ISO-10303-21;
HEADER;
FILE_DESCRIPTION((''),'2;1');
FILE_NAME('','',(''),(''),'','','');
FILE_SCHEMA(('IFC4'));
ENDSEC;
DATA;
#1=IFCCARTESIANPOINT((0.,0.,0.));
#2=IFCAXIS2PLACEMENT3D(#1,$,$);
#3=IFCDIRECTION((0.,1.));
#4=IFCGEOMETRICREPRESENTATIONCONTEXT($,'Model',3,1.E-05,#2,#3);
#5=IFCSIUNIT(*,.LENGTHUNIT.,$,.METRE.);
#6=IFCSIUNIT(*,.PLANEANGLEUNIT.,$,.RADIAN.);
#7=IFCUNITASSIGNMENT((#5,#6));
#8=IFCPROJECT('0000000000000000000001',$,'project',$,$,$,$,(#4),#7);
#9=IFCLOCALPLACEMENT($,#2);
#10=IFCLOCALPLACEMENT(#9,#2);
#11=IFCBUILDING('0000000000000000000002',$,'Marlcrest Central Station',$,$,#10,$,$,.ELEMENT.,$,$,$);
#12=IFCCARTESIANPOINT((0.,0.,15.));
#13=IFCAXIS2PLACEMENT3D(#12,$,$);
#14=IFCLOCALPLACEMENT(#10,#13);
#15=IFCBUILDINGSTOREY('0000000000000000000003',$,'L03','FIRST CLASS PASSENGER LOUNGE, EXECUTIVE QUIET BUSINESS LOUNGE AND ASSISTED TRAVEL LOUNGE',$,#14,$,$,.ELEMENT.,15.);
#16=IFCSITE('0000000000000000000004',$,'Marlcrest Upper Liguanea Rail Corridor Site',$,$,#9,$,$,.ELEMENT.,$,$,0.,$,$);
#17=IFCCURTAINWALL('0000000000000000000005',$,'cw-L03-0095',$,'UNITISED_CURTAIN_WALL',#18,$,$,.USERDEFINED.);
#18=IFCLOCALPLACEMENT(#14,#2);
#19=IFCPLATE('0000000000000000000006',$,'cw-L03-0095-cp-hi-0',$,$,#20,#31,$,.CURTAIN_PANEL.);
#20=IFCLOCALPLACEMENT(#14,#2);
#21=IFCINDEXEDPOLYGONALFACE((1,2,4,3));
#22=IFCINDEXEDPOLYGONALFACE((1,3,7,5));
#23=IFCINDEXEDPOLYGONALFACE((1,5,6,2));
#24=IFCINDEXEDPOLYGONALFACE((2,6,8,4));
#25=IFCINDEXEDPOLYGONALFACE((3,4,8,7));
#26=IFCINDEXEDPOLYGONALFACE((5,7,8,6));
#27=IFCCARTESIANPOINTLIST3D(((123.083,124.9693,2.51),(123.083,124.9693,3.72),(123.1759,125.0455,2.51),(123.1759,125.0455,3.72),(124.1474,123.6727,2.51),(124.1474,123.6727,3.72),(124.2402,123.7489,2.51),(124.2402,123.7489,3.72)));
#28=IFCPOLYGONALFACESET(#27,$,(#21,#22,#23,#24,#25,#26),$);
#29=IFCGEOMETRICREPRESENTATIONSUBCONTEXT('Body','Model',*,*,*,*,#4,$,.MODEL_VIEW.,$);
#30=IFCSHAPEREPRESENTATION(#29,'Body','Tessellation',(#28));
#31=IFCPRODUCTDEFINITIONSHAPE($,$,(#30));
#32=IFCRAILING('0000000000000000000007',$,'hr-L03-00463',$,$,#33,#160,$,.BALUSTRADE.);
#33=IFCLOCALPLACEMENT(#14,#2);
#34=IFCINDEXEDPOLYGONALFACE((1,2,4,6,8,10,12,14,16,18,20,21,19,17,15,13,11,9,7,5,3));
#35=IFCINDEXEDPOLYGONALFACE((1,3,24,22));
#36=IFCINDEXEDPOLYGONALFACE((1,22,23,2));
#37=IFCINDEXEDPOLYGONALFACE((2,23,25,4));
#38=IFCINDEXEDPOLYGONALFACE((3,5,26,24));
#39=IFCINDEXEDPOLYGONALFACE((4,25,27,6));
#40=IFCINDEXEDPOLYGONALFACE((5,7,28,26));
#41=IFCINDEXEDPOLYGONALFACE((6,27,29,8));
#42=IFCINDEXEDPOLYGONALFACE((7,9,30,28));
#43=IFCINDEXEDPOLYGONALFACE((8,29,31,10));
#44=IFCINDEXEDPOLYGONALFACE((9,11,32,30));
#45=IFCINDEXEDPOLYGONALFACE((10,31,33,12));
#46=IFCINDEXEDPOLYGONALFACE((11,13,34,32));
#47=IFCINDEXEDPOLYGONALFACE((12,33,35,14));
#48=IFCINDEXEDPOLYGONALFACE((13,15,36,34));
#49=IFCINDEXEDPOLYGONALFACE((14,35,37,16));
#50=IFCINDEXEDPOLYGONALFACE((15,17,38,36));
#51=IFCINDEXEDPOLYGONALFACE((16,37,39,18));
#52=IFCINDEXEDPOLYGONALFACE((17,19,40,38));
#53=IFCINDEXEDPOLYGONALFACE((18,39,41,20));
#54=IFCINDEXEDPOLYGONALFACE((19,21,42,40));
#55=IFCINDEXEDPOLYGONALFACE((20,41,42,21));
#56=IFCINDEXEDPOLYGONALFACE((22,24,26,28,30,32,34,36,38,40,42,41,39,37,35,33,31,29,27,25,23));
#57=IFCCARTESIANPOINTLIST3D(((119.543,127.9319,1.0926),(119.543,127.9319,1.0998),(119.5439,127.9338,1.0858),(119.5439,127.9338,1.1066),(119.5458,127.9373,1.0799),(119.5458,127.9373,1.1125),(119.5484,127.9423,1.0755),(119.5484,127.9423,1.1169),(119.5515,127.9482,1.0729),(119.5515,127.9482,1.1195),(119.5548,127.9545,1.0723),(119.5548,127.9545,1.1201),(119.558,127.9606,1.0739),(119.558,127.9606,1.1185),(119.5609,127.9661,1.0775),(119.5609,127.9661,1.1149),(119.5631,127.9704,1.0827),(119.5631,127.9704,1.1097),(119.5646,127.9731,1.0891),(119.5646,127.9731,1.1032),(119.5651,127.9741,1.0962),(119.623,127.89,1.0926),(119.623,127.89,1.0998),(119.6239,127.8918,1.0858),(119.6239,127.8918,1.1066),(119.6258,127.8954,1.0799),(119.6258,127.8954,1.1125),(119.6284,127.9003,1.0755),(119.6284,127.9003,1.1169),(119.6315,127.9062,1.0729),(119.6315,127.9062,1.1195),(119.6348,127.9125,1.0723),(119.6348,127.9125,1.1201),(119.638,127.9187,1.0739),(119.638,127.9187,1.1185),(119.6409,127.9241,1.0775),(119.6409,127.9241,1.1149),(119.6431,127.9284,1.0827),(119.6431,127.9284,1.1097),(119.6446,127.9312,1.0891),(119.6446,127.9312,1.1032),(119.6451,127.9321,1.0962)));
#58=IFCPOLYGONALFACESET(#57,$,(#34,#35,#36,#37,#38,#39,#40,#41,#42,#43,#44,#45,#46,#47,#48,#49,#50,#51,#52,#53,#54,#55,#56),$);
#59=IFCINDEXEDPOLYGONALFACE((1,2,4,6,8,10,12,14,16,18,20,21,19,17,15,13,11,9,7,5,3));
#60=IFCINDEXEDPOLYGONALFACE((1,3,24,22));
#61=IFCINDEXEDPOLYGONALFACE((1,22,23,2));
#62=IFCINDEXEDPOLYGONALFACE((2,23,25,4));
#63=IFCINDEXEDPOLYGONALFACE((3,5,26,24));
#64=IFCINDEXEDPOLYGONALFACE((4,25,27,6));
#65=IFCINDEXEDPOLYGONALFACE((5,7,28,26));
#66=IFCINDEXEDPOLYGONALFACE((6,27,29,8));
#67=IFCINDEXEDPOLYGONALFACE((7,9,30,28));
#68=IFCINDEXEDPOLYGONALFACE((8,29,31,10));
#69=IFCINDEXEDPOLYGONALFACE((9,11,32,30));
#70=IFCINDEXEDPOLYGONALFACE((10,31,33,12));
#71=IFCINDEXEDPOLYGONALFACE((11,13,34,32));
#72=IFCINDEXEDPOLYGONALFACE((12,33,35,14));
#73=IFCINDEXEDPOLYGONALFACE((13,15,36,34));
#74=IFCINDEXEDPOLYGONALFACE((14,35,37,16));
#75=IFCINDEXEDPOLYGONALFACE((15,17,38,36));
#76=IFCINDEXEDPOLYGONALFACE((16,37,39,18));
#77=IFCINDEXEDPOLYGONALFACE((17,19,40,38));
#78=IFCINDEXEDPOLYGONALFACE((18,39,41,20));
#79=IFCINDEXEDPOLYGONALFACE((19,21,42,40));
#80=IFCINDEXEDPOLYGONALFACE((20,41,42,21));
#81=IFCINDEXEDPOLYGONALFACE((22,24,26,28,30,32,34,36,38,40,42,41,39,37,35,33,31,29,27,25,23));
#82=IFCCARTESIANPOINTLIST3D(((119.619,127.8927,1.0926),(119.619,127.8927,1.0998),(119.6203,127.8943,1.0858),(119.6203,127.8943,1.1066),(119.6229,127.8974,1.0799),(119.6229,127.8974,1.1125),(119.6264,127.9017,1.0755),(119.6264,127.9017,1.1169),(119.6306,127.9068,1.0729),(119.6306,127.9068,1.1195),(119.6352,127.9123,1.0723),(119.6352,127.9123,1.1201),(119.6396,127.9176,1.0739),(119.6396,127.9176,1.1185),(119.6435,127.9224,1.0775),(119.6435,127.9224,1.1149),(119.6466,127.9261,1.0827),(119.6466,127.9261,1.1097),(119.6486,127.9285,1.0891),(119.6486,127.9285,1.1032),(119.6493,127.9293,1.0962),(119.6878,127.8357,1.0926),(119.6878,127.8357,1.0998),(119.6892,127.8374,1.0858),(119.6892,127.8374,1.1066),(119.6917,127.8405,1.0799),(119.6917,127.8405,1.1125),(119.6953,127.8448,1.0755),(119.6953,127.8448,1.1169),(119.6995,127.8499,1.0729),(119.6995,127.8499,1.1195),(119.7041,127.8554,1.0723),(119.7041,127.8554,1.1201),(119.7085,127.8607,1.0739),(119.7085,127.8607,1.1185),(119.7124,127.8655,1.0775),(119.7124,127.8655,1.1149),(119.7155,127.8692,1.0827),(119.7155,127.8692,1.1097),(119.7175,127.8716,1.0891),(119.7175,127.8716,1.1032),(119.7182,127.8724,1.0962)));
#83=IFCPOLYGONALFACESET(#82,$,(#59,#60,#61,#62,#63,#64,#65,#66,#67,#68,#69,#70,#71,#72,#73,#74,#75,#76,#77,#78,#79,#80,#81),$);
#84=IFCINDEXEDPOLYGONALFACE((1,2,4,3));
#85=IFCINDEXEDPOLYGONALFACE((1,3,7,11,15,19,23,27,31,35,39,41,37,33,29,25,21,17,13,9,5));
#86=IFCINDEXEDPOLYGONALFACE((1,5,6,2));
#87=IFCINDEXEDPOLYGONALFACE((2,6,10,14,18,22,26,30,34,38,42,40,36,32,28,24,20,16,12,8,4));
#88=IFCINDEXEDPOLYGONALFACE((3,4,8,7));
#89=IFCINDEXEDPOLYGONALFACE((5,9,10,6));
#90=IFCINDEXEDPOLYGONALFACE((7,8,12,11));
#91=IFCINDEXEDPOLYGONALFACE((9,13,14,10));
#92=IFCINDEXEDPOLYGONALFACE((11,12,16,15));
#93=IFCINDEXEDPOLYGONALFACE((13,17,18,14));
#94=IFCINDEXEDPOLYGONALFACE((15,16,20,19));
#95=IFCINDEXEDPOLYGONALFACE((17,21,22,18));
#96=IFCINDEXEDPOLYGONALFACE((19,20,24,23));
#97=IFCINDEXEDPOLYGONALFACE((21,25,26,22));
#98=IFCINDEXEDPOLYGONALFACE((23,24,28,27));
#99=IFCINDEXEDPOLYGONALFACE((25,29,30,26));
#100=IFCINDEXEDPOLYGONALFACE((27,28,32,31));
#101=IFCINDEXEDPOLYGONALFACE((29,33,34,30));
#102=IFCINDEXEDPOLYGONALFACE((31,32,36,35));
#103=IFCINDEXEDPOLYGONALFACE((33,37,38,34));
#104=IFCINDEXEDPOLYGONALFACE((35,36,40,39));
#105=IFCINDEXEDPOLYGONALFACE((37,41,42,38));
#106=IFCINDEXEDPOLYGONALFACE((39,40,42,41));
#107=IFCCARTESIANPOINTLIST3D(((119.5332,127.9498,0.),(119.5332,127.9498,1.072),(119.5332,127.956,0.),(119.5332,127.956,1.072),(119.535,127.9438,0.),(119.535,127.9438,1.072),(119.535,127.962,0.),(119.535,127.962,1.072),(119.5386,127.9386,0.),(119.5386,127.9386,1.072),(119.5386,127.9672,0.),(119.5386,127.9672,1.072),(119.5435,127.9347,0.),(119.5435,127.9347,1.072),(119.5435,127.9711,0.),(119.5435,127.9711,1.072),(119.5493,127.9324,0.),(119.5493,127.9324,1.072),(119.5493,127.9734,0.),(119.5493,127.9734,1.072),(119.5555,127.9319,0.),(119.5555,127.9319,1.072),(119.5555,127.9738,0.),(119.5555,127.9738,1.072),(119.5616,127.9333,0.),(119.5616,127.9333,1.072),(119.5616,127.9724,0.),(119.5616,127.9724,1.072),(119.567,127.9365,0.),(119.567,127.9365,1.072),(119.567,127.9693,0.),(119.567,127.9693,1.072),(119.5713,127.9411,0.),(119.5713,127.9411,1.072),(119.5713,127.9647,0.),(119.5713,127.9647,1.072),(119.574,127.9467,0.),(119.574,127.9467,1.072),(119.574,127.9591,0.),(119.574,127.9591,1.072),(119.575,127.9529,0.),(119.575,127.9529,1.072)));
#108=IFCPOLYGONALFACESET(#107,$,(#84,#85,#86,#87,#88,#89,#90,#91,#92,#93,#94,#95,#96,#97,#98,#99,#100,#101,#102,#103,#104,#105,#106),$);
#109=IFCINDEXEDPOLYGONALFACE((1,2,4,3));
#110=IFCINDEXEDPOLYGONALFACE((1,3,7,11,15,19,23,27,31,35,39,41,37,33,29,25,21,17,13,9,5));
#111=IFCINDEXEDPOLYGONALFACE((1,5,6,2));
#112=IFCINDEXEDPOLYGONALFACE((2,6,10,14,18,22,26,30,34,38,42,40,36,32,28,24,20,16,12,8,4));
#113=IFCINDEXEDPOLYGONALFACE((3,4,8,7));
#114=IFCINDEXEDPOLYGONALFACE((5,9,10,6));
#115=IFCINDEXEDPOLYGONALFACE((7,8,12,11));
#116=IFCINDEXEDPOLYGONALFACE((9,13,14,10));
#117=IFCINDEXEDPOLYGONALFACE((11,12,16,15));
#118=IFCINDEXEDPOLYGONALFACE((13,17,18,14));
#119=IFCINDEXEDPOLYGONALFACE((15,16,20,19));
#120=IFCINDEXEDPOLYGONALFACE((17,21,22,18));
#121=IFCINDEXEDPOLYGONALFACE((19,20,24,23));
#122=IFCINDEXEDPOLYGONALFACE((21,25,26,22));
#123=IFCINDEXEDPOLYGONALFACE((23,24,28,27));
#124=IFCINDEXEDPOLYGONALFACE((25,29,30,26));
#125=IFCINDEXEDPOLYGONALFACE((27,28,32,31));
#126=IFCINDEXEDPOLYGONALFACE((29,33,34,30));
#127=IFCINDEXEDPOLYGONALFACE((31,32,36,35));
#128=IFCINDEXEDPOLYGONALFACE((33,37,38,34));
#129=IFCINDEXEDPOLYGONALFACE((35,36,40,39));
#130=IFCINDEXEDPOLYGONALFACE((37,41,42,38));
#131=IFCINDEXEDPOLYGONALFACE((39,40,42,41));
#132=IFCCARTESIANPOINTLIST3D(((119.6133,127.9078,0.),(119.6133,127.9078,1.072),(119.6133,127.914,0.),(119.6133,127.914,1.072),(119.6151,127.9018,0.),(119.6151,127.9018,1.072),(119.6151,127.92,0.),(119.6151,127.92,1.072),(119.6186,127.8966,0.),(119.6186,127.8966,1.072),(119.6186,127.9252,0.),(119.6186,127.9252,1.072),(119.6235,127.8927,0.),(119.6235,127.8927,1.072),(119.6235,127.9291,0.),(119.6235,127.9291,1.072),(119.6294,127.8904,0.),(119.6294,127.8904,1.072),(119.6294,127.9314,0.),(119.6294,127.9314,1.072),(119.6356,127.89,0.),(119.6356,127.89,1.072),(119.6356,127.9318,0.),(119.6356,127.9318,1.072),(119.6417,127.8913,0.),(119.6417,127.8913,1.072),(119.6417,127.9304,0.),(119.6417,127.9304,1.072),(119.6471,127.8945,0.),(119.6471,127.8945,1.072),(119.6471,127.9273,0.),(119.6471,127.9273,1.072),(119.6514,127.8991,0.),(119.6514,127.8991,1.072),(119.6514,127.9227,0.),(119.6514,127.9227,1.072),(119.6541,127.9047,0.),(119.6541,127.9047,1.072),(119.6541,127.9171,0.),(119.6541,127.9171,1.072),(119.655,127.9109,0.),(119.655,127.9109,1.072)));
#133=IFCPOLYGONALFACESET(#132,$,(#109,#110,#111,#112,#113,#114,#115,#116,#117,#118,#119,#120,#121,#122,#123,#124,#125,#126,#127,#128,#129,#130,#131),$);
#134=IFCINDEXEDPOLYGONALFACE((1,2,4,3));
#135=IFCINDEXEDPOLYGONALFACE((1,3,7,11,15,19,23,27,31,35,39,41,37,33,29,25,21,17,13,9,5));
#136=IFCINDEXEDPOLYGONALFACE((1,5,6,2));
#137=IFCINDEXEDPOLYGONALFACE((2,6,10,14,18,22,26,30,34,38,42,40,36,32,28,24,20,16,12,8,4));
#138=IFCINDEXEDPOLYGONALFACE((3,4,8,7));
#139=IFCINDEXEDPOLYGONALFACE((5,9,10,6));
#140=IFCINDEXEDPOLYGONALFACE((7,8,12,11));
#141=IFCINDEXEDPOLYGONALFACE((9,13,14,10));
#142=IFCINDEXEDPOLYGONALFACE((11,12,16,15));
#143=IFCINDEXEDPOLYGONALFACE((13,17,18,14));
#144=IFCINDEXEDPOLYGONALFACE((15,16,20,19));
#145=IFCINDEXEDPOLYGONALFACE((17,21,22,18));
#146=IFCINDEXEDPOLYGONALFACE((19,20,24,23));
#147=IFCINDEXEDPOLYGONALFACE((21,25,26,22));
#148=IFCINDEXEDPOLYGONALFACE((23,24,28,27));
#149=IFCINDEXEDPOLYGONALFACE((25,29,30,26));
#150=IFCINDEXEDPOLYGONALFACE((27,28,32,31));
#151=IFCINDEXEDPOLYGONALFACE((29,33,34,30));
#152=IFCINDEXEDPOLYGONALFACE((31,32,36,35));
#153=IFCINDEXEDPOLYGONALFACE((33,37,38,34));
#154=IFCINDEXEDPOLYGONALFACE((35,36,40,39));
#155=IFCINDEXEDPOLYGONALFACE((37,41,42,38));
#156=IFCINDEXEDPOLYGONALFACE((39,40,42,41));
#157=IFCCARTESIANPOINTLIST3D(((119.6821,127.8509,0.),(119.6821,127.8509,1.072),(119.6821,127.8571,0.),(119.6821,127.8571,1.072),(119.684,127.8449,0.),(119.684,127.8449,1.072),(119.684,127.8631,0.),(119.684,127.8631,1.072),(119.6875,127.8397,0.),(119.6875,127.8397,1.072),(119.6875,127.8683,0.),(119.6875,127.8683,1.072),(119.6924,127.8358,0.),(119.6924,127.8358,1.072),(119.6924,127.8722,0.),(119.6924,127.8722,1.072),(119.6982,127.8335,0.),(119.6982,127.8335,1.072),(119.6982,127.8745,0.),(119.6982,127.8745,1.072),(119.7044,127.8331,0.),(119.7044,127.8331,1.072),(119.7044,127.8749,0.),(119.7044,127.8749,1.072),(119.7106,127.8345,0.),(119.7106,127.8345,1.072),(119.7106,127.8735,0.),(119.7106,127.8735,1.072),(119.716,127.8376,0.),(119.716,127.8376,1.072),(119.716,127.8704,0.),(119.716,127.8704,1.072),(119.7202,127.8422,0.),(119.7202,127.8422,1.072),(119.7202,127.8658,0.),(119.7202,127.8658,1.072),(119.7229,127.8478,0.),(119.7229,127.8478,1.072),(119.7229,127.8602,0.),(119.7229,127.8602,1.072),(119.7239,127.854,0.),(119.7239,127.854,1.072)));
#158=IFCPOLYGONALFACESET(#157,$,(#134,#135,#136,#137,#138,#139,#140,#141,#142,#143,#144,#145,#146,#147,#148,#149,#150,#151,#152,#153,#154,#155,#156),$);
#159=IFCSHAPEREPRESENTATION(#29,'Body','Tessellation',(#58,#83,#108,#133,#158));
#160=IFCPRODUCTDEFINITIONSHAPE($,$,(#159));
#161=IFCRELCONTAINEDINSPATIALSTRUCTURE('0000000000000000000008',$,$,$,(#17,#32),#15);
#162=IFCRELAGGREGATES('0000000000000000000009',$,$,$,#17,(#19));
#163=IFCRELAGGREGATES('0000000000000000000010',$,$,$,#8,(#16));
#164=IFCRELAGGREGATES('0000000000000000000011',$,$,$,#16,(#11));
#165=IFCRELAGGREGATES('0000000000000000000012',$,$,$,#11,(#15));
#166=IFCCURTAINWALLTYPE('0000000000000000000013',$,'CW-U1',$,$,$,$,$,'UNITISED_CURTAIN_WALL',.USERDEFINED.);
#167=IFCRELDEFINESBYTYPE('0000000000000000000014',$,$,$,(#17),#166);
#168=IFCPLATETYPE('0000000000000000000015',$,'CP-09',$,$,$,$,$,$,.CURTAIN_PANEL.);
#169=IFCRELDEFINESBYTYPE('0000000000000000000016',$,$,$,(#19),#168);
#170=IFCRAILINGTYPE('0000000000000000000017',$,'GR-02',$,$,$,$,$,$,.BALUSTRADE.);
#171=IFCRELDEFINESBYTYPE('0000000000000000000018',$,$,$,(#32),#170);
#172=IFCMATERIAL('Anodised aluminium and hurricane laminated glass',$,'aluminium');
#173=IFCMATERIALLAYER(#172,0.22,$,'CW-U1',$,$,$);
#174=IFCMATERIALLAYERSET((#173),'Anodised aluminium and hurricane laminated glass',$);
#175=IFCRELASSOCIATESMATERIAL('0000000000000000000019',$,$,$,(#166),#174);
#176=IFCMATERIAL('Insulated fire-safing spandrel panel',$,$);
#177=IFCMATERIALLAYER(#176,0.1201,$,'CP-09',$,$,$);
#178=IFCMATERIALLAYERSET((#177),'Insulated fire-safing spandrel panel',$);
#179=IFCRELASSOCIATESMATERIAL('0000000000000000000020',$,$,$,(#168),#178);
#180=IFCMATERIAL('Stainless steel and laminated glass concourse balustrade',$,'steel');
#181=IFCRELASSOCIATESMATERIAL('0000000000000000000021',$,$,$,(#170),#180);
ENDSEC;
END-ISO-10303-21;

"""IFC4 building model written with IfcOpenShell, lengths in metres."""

from ifc_helpers import new_model, si_unit, direction, frame, origin, origin_2d, place, context, subcontext, project, spatial, rectangle, circle, extrude, material, layer, layer_set, type_object, element, aggregate, save


model = new_model("IFC4")

# Units and contexts
model_context = context("Model", 3, precision=1e-05, world=origin(), true_north=direction((0.0, 1.0)))
body_context = subcontext(model_context, "Body", "Model", "MODEL_VIEW")
ifc_project = project(units=[si_unit("LENGTHUNIT", "METRE"), si_unit("PLANEANGLEUNIT", "RADIAN")], contexts=[model_context])

# Site, building, storey
site_placement = place(None, origin())
site = spatial("IfcSite", under=ifc_project, at=site_placement, Name="Marlcrest Upper Liguanea Rail Corridor Site", CompositionType="ELEMENT", RefElevation=0.0)
building_placement = place(site_placement, origin())
building = spatial("IfcBuilding", under=site, at=building_placement, Name="Marlcrest Central Station", CompositionType="ELEMENT")
storey_placement = place(building_placement, frame((0.0, 0.0, 15.0)))
storey = spatial("IfcBuildingStorey", under=building, at=storey_placement, Name="L03", Description="FIRST CLASS PASSENGER LOUNGE, EXECUTIVE QUIET BUSINESS LOUNGE AND ASSISTED TRAVEL LOUNGE", CompositionType="ELEMENT", Elevation=15.0)

# Curtain wall
ifc_material_1 = material(Name="Anodised aluminium and hurricane laminated glass", Category="aluminium")
ifc_layer_1 = layer(ifc_material_1, 0.22, Name="CW-U1")
ifc_layer_set_1 = layer_set([ifc_layer_1], Name="Anodised aluminium and hurricane laminated glass")
curtain_wall_type = type_object("IfcCurtainWallType", Name="CW-U1", ElementType="UNITISED_CURTAIN_WALL", PredefinedType="USERDEFINED", material=ifc_layer_set_1)
curtain_wall_1_placement = place(storey_placement, origin())
curtain_wall_1 = element("IfcCurtainWall", 1, at=curtain_wall_1_placement, inside=storey, type_object=curtain_wall_type, Name="cw-L03-0095", ObjectType="UNITISED_CURTAIN_WALL", PredefinedType="USERDEFINED")

# Plate
ifc_material_2 = material(Name="Insulated fire-safing spandrel panel")
ifc_layer_2 = layer(ifc_material_2, 0.1201, Name="CP-09")
ifc_layer_set_2 = layer_set([ifc_layer_2], Name="Insulated fire-safing spandrel panel")
plate_type_1 = type_object("IfcPlateType", Name="CP-09", PredefinedType="CURTAIN_PANEL", material=ifc_layer_set_2)
plate_1_placement = place(storey_placement, frame((123.6616, 124.3591, 2.51), z_axis=(0.0, 0.0, 1.0), x_axis=(0.634474, -0.772944, 0.0)))
plate_1 = element("IfcPlate", 2, at=plate_1_placement, type_object=plate_type_1, Name="cw-L03-0095-cp-hi-0", PredefinedType="CURTAIN_PANEL", context=body_context, shape_type="SweptSolid", body=[
    extrude(rectangle(XDim=1.6775, YDim=0.1201, at=origin_2d()), origin(), (0.0, 0.0, 1.0), 1.21),
])
aggregate(curtain_wall_1, [plate_1])

# Railing
ifc_material_3 = material(Name="Stainless steel and laminated glass concourse balustrade", Category="steel")
railing_type = type_object("IfcRailingType", Name="GR-02", PredefinedType="BALUSTRADE", material=ifc_material_3)
railing_1_placement = place(storey_placement, frame((119.554, 127.9529, 0.0)))
element("IfcRailing", 3, at=railing_1_placement, inside=storey, type_object=railing_type, Name="hr-L03-00463", PredefinedType="BALUSTRADE", context=body_context, shape_type="SweptSolid", body=[
    extrude(circle(Radius=0.0239, at=origin_2d()), frame((0.0, 0.0, 1.0962), z_axis=(0.88562, -0.464411, 0.0), x_axis=(0.464411, 0.88562, 0.0)), (0.0, 0.0, 1.0), 0.0903),
    extrude(circle(Radius=0.0239, at=origin_2d()), frame((0.0801, -0.042, 1.0962), z_axis=(0.770903, -0.636952, 0.0), x_axis=(0.636952, 0.770903, 0.0)), (0.0, 0.0, 1.0), 0.0894),
    extrude(circle(Radius=0.021, at=origin_2d()), origin(), (0.0, 0.0, 1.0), 1.072),
    extrude(circle(Radius=0.021, at=origin_2d()), frame((0.0801, -0.042, 0.0)), (0.0, 0.0, 1.0), 1.072),
    extrude(circle(Radius=0.021, at=origin_2d()), frame((0.1489, -0.0989, 0.0)), (0.0, 0.0, 1.0), 1.072),
])

save(model, "model.ifc")
